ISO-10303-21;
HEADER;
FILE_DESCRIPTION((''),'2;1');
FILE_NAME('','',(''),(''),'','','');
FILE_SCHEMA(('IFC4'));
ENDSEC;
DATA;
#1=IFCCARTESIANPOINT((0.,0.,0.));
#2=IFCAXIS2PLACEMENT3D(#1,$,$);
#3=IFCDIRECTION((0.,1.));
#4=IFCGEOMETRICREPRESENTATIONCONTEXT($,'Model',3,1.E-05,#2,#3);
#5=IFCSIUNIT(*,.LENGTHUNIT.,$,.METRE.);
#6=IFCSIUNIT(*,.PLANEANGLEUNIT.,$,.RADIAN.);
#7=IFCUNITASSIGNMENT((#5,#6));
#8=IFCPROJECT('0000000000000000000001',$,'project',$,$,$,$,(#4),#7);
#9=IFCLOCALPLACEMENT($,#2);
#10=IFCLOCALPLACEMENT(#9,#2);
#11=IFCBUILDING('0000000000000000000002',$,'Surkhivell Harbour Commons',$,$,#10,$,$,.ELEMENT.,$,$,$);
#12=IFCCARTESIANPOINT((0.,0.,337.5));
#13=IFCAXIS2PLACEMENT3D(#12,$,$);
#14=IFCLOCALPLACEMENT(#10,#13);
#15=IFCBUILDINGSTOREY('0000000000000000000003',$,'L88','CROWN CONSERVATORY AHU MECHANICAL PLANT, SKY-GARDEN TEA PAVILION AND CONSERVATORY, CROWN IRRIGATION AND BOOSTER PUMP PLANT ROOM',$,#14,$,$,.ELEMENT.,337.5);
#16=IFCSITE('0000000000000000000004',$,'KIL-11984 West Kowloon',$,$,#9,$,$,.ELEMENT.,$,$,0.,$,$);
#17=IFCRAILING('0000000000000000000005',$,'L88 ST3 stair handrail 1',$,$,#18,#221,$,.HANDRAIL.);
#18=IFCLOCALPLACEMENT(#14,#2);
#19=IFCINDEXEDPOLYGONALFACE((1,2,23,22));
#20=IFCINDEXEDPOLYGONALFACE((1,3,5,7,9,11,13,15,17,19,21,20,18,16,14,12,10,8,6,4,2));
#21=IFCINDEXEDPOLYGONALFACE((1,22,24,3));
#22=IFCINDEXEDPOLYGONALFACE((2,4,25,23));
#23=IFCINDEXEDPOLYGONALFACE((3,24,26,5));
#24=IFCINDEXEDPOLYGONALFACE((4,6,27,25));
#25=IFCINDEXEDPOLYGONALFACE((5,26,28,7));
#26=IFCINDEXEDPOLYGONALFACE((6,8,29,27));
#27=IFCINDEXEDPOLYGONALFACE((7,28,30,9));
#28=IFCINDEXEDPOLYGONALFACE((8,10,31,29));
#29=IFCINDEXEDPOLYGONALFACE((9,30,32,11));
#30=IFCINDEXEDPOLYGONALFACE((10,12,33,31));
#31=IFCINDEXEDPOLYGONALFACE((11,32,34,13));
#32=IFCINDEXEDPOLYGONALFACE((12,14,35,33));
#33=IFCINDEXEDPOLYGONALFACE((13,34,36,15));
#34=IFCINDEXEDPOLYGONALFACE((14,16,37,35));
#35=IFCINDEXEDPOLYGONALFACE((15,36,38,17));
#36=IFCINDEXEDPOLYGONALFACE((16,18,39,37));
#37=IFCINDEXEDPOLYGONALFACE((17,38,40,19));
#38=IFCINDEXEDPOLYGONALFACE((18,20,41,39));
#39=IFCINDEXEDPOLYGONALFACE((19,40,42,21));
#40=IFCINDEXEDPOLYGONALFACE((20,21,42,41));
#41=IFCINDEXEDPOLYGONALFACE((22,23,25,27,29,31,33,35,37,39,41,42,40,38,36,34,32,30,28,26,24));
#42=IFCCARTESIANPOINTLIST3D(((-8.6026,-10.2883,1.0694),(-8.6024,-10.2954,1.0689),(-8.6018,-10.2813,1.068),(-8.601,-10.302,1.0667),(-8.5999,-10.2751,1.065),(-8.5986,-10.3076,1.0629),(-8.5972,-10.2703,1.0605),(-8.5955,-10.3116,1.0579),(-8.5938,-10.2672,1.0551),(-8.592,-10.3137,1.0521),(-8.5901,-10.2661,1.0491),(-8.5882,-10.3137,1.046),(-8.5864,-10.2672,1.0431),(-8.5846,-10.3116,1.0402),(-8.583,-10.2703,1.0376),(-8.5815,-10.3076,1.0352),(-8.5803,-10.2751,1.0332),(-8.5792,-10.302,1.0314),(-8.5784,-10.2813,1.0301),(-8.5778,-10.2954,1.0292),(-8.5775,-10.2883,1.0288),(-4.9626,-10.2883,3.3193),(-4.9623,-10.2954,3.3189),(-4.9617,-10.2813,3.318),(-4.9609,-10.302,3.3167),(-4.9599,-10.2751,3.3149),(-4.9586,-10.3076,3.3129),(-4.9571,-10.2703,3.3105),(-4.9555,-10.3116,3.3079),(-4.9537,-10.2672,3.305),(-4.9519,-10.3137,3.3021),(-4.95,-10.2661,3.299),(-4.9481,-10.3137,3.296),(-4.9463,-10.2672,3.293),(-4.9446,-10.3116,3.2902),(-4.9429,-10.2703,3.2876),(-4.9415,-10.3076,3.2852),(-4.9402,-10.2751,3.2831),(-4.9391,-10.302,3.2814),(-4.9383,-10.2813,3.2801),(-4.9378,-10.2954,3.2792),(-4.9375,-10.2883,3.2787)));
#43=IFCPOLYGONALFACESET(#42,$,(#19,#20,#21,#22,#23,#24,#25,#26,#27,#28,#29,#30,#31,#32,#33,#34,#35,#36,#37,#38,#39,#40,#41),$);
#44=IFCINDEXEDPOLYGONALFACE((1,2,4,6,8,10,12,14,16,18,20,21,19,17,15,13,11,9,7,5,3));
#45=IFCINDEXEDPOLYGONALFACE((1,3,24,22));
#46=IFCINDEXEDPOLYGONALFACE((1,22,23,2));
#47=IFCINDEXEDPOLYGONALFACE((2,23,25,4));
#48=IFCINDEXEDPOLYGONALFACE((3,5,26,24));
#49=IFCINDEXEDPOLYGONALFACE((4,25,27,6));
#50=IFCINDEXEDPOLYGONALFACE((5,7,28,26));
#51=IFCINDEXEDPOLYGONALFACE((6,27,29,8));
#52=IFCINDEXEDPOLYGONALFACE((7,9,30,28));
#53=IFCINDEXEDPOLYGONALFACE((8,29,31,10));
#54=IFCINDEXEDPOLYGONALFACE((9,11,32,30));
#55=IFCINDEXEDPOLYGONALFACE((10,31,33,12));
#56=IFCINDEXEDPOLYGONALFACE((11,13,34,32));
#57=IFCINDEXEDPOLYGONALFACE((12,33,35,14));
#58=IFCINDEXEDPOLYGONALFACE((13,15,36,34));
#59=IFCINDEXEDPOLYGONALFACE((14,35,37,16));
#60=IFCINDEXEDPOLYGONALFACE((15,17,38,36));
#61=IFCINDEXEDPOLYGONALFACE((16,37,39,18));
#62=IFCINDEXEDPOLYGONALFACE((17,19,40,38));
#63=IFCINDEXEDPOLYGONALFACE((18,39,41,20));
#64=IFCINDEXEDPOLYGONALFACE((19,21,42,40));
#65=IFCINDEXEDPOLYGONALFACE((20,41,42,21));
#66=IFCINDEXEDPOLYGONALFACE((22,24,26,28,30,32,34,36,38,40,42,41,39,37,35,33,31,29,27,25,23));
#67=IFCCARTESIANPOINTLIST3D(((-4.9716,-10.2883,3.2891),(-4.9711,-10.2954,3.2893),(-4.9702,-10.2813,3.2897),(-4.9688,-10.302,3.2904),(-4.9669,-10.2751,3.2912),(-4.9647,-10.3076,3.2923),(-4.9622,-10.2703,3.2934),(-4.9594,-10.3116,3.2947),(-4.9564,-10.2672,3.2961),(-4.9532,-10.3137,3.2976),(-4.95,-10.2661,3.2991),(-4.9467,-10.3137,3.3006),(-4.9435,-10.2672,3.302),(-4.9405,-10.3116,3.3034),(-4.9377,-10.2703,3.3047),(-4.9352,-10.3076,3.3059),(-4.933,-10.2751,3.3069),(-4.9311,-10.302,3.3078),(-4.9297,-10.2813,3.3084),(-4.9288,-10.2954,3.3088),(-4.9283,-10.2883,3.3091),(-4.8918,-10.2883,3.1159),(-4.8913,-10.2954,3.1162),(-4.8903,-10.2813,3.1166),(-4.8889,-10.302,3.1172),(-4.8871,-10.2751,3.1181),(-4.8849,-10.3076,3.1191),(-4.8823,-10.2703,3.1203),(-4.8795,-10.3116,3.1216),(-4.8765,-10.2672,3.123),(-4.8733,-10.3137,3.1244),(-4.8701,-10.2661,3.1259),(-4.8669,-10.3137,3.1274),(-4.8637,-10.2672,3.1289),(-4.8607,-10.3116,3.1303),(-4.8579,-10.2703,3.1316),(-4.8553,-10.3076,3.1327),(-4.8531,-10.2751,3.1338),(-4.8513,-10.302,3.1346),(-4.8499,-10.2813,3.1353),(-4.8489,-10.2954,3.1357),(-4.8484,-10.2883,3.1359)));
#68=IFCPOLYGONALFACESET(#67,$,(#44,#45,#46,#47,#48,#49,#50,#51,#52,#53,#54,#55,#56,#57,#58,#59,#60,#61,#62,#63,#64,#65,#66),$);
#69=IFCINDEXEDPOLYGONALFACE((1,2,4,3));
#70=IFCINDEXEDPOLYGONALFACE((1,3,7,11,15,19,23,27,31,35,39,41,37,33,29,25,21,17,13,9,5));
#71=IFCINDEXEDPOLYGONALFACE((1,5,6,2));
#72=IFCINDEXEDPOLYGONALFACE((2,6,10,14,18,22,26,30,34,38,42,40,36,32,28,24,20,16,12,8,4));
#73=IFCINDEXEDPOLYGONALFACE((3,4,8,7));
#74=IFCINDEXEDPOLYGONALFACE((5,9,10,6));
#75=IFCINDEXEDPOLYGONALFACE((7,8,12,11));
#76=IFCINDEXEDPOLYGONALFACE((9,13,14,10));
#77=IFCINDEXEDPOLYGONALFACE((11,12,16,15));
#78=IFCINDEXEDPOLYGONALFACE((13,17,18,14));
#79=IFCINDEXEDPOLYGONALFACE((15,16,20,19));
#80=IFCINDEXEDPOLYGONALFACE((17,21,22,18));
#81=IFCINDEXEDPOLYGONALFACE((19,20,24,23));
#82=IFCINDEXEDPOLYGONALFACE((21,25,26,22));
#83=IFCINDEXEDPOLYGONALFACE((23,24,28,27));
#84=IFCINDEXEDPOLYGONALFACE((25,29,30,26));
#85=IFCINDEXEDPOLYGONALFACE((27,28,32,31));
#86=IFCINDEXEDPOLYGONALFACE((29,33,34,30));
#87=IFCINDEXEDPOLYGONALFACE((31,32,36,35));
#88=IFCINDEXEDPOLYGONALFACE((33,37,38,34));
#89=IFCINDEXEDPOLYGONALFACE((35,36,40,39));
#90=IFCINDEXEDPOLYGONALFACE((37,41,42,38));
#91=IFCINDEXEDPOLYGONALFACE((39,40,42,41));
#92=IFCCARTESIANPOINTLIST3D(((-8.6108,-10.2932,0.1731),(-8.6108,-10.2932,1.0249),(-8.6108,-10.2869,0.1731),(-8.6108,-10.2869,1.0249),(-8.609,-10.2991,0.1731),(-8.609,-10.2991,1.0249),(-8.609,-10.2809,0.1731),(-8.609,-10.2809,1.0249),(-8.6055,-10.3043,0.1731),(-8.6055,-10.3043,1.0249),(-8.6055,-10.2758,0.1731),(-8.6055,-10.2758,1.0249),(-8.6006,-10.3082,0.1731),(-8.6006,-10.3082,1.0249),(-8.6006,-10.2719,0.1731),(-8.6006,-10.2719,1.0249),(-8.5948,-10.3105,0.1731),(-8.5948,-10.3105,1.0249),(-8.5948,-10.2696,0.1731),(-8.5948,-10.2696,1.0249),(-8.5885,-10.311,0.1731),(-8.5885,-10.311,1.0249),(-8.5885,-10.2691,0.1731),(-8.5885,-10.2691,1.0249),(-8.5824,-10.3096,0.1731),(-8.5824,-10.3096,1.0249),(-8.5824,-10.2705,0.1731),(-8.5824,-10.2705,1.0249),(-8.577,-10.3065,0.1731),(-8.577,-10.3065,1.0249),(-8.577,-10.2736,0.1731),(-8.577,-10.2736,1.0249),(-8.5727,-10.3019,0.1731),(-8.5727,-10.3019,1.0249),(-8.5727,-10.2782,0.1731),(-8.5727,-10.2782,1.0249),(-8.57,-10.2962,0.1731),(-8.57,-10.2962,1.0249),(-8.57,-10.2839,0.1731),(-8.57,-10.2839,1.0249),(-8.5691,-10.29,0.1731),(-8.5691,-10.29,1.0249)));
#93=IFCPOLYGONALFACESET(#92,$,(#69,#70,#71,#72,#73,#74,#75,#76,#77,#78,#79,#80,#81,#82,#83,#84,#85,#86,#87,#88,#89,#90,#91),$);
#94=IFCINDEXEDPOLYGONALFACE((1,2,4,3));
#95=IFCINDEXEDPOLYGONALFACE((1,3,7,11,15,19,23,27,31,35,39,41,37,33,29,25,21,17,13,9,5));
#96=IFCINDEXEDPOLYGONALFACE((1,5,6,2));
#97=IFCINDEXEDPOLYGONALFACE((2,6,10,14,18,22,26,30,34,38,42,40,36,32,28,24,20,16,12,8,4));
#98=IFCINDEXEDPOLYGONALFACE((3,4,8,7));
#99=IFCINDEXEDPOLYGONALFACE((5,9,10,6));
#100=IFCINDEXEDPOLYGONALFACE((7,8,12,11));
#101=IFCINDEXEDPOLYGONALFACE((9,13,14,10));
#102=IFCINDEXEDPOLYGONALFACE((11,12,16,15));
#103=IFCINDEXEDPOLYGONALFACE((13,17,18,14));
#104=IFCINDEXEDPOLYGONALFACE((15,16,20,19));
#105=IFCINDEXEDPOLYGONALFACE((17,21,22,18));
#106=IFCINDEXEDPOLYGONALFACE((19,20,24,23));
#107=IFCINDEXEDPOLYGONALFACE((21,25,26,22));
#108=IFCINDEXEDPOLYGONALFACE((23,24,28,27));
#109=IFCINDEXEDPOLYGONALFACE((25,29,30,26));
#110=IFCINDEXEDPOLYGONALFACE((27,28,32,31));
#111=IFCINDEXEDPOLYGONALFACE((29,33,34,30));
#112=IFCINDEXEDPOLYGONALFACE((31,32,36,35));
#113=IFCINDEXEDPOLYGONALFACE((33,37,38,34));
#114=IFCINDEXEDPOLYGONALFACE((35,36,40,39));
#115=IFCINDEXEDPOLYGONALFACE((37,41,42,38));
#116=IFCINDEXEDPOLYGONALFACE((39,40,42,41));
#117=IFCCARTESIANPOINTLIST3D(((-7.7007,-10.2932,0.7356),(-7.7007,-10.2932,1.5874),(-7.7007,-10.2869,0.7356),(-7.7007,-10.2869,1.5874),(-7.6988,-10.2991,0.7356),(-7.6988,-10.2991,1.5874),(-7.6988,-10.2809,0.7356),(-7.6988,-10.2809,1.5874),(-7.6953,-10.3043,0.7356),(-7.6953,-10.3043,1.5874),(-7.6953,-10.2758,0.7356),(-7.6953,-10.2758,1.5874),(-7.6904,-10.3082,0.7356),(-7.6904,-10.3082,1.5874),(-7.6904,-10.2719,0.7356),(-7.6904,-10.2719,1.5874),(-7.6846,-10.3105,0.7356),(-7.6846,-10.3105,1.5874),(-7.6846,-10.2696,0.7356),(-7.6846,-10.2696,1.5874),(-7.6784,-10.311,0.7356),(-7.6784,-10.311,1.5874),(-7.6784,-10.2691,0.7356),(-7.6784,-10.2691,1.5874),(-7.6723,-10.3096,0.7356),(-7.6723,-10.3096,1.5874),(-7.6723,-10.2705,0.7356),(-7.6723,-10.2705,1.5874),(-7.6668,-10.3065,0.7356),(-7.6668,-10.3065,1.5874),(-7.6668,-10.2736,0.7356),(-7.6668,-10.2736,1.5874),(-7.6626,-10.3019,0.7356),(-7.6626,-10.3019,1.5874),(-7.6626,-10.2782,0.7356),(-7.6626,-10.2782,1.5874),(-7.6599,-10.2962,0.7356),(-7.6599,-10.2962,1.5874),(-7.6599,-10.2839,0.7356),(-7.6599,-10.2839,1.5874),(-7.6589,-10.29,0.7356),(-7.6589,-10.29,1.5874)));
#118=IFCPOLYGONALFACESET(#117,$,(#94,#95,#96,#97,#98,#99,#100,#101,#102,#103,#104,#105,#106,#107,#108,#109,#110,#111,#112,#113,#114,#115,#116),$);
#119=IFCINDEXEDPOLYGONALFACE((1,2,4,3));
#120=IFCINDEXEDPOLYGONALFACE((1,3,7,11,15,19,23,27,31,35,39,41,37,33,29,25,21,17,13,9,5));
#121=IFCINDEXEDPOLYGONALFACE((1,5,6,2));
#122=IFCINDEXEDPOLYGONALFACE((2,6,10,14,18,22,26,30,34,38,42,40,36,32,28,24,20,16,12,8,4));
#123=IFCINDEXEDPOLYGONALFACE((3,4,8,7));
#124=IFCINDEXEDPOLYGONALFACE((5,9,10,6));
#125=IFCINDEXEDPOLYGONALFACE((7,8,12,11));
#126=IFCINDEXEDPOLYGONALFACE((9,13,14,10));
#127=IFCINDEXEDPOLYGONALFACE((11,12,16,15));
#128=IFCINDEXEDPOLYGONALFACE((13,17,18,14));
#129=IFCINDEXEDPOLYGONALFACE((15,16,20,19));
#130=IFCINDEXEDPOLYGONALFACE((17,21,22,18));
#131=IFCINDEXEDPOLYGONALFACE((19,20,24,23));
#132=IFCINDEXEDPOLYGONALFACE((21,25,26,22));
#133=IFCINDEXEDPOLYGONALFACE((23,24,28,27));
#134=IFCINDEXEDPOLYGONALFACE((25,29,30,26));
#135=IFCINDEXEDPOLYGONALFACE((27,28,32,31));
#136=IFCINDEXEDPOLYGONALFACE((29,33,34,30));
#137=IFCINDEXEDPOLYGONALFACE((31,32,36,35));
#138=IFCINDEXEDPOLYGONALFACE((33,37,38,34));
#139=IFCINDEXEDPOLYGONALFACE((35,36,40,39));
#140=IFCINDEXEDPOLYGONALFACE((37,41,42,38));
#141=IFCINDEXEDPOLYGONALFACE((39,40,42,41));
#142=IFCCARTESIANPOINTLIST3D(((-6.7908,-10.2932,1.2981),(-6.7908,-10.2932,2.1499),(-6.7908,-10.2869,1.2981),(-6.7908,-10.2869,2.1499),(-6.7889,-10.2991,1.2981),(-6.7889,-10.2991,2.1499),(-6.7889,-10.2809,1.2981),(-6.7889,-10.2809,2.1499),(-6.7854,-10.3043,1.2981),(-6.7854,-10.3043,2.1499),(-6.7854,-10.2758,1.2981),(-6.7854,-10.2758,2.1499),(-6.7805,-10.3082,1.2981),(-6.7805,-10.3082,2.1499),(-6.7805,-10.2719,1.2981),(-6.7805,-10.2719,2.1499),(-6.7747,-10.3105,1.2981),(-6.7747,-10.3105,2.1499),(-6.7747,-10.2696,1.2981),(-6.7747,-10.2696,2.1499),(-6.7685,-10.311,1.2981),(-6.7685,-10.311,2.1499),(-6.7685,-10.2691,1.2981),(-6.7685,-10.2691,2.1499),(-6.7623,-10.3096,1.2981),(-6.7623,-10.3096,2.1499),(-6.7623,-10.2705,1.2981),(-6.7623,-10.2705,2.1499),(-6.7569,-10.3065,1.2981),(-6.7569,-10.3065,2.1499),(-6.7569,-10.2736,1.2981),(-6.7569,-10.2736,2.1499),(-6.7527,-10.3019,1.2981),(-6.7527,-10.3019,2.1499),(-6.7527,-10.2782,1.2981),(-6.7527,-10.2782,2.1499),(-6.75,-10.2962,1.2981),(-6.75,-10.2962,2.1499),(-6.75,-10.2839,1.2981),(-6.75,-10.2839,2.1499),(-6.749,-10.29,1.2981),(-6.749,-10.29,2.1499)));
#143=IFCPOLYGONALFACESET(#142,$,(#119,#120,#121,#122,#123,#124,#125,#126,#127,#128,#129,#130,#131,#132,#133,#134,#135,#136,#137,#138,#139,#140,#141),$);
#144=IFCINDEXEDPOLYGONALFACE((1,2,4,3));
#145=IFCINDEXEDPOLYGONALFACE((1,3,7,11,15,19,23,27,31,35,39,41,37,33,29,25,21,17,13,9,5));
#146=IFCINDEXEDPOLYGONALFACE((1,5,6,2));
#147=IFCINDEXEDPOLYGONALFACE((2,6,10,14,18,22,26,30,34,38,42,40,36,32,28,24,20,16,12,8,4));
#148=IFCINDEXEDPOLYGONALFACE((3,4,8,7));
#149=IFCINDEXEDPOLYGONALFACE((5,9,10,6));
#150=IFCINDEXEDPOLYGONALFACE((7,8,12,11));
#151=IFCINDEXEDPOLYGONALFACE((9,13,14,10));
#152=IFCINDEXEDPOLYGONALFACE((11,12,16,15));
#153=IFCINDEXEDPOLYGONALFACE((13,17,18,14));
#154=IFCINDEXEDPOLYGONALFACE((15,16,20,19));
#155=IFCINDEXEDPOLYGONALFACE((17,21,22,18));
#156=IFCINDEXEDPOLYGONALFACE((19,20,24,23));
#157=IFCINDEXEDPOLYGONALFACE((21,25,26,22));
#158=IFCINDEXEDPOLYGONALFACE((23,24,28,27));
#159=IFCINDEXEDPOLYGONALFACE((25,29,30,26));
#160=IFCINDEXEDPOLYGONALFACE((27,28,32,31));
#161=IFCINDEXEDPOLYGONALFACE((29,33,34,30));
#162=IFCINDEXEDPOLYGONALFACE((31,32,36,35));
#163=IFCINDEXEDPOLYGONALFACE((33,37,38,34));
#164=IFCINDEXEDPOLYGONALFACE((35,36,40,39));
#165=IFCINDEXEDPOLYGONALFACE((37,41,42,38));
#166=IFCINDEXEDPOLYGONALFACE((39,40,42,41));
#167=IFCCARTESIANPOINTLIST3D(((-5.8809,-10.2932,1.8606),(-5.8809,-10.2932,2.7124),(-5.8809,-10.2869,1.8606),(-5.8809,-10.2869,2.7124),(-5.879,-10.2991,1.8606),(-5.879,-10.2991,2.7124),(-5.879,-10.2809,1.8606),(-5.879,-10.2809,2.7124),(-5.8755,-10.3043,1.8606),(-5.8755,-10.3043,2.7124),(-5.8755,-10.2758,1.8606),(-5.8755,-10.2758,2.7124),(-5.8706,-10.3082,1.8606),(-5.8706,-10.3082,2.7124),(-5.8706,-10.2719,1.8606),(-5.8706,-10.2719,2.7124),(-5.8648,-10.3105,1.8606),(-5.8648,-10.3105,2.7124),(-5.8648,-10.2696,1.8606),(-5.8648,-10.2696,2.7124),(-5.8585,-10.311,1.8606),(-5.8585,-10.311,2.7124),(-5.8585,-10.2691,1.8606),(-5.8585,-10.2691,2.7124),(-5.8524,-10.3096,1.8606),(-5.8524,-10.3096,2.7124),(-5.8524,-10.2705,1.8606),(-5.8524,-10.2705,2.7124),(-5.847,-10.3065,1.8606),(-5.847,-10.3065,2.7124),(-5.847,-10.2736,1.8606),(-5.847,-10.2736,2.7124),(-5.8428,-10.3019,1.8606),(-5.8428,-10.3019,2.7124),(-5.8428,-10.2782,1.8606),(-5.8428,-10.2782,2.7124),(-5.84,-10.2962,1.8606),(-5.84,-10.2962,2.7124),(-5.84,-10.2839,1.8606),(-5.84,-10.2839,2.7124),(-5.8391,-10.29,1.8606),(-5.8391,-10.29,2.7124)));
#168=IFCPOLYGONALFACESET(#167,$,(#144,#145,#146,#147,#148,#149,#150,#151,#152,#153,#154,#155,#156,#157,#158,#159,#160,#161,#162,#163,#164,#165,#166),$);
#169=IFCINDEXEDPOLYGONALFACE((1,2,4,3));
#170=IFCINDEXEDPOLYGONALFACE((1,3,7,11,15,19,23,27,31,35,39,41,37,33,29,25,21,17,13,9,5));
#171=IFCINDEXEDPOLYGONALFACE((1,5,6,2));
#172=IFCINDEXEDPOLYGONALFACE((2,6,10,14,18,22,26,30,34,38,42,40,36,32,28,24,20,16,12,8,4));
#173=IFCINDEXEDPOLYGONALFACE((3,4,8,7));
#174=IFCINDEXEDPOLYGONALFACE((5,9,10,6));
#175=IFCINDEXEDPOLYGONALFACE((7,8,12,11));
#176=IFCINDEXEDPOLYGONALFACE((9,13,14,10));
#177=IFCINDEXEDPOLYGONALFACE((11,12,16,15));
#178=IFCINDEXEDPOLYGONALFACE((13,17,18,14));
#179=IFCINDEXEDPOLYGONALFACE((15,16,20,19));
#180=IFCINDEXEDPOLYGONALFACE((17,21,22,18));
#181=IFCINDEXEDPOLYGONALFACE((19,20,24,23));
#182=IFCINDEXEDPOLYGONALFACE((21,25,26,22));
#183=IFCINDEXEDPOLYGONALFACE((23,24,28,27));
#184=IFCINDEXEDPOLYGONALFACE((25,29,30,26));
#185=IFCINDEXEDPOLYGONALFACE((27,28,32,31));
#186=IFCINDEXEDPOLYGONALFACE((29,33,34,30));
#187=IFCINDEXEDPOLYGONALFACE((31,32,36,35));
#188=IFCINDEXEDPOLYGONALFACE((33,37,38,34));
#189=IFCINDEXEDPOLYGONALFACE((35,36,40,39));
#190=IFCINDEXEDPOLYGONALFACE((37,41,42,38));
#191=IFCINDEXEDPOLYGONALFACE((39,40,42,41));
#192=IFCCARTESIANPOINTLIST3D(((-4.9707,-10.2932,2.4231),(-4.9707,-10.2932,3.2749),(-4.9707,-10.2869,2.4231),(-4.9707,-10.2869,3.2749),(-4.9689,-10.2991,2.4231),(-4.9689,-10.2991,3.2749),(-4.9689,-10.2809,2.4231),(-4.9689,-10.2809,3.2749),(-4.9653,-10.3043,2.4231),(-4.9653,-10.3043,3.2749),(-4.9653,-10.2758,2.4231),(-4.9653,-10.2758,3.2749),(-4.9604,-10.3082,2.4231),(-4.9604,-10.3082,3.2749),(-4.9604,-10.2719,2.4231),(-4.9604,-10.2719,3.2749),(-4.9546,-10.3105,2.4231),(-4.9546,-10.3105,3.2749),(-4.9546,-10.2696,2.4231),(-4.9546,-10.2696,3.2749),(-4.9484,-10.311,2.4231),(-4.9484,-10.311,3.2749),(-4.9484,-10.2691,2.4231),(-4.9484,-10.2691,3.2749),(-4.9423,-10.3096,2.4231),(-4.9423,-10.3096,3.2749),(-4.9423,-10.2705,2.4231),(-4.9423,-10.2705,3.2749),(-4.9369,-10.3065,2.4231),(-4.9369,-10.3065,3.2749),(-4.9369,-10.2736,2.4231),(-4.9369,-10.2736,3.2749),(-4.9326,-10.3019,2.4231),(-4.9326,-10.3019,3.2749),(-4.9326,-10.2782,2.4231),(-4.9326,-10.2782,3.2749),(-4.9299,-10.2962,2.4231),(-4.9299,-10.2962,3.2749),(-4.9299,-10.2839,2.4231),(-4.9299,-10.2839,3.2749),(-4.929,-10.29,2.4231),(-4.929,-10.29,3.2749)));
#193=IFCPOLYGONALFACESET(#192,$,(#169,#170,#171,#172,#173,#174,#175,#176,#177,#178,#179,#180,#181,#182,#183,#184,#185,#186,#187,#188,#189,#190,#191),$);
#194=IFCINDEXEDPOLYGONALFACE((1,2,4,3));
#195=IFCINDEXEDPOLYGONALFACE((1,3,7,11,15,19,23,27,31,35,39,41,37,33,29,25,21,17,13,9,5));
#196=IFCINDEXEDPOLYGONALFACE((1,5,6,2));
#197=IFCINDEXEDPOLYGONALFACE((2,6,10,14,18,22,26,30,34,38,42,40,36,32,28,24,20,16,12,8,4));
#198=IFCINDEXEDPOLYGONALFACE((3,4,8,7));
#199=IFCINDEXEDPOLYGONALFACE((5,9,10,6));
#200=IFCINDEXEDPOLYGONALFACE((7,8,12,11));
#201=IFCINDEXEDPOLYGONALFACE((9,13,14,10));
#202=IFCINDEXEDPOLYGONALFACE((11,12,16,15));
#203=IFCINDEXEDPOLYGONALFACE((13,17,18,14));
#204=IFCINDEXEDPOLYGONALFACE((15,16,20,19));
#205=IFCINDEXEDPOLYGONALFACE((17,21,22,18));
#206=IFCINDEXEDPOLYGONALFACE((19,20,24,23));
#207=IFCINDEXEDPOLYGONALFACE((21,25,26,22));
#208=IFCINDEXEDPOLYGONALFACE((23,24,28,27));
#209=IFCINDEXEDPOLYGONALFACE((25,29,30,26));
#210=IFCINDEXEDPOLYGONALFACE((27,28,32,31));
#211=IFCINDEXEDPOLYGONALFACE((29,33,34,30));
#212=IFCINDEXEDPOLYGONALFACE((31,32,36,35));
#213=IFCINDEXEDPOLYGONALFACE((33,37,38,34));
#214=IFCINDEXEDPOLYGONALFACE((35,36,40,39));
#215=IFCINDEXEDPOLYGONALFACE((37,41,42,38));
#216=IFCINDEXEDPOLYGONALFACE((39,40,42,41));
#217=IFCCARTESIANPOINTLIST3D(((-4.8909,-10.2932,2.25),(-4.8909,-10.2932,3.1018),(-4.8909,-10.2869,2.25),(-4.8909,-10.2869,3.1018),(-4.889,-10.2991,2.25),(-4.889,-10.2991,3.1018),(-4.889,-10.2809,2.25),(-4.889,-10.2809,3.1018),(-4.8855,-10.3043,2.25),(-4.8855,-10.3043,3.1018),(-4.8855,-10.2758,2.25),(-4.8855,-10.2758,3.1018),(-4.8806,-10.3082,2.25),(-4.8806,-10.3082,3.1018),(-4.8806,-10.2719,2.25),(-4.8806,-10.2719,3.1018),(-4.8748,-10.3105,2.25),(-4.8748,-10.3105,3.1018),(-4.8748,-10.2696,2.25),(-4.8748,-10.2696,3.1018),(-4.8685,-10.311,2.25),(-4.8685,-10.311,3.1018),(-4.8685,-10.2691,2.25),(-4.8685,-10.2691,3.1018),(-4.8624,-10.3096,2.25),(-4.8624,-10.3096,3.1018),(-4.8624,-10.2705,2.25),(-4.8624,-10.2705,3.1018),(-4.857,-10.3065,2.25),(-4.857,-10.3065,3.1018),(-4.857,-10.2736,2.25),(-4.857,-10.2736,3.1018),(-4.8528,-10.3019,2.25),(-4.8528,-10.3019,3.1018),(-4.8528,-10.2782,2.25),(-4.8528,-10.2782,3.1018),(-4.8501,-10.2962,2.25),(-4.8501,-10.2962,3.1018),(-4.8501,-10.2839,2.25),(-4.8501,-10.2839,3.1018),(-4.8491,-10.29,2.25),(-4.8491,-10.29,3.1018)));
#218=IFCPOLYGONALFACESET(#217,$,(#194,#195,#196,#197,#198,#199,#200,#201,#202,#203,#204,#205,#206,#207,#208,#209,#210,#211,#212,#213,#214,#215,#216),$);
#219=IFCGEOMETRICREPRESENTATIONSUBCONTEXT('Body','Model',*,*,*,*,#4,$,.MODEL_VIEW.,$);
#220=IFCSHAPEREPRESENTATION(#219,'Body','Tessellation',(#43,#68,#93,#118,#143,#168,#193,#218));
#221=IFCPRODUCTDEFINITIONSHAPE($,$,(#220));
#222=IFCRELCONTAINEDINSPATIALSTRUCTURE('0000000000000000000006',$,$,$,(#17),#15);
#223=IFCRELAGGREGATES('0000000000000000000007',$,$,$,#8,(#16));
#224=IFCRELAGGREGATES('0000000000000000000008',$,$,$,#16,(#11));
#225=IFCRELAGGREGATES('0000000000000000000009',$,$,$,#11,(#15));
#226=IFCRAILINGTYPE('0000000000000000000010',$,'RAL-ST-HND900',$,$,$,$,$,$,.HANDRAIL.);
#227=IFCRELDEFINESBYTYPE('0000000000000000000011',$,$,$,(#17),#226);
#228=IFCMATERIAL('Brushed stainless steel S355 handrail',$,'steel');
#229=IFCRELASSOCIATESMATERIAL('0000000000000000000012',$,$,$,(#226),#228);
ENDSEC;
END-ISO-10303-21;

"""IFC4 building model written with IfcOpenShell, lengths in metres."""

from ifc_helpers import new_model, si_unit, direction, frame, origin, origin_2d, place, context, subcontext, project, spatial, circle, extrude, material, type_object, element, save


model = new_model("IFC4")

# Units and contexts
model_context = context("Model", 3, precision=1e-05, world=origin(), true_north=direction((0.0, 1.0)))
body_context = subcontext(model_context, "Body", "Model", "MODEL_VIEW")
ifc_project = project(units=[si_unit("LENGTHUNIT", "METRE"), si_unit("PLANEANGLEUNIT", "RADIAN")], contexts=[model_context])

# Site, building, storey
site_placement = place(None, origin())
site = spatial("IfcSite", under=ifc_project, at=site_placement, Name="KIL-11984 West Kowloon", CompositionType="ELEMENT", RefElevation=0.0)
building_placement = place(site_placement, origin())
building = spatial("IfcBuilding", under=site, at=building_placement, Name="Surkhivell Harbour Commons", CompositionType="ELEMENT")
storey_placement = place(building_placement, frame((0.0, 0.0, 337.5)))
storey = spatial("IfcBuildingStorey", under=building, at=storey_placement, Name="L88", Description="CROWN CONSERVATORY AHU MECHANICAL PLANT, SKY-GARDEN TEA PAVILION AND CONSERVATORY, CROWN IRRIGATION AND BOOSTER PUMP PLANT ROOM", CompositionType="ELEMENT", Elevation=337.5)

# Railing
ifc_material_1 = material(Name="Brushed stainless steel S355 handrail", Category="steel")
railing_type_1 = type_object("IfcRailingType", Name="RAL-ST-HND900", PredefinedType="HANDRAIL", material=ifc_material_1)
railing_1_placement = place(storey_placement, frame((-8.5901, -10.29, 0.1731)))
element("IfcRailing", 1, at=railing_1_placement, inside=storey, type_object=railing_type_1, Name="L88 ST3 stair handrail 1", PredefinedType="HANDRAIL", context=body_context, shape_type="SweptSolid", body=[
    extrude(circle(Radius=0.0239, at=origin_2d()), frame((0.0, 0.0, 0.876), z_axis=(0.850622, 0.0, 0.525777), x_axis=(0.0, 1.0, 0.0)), (0.0, 0.0, 1.0), 4.2793),
    extrude(circle(Radius=0.0239, at=origin_2d()), frame((3.6401, 0.0, 3.126), z_axis=(0.418815, 0.0, -0.908072), x_axis=(0.0, 1.0, 0.0)), (0.0, 0.0, 1.0), 0.1907),
    extrude(circle(Radius=0.021, at=origin_2d()), origin(), (0.0, 0.0, 1.0), 0.8518),
    extrude(circle(Radius=0.021, at=origin_2d()), frame((0.9102, 0.0, 0.5625)), (0.0, 0.0, 1.0), 0.8518),
    extrude(circle(Radius=0.021, at=origin_2d()), frame((1.8201, 0.0, 1.125)), (0.0, 0.0, 1.0), 0.8518),
    extrude(circle(Radius=0.021, at=origin_2d()), frame((2.73, 0.0, 1.6875)), (0.0, 0.0, 1.0), 0.8518),
    extrude(circle(Radius=0.021, at=origin_2d()), frame((3.6401, 0.0, 2.25)), (0.0, 0.0, 1.0), 0.8518),
    extrude(circle(Radius=0.021, at=origin_2d()), frame((3.72, 0.0, 2.0769)), (0.0, 0.0, 1.0), 0.8518),
])

save(model, "model.ifc")
